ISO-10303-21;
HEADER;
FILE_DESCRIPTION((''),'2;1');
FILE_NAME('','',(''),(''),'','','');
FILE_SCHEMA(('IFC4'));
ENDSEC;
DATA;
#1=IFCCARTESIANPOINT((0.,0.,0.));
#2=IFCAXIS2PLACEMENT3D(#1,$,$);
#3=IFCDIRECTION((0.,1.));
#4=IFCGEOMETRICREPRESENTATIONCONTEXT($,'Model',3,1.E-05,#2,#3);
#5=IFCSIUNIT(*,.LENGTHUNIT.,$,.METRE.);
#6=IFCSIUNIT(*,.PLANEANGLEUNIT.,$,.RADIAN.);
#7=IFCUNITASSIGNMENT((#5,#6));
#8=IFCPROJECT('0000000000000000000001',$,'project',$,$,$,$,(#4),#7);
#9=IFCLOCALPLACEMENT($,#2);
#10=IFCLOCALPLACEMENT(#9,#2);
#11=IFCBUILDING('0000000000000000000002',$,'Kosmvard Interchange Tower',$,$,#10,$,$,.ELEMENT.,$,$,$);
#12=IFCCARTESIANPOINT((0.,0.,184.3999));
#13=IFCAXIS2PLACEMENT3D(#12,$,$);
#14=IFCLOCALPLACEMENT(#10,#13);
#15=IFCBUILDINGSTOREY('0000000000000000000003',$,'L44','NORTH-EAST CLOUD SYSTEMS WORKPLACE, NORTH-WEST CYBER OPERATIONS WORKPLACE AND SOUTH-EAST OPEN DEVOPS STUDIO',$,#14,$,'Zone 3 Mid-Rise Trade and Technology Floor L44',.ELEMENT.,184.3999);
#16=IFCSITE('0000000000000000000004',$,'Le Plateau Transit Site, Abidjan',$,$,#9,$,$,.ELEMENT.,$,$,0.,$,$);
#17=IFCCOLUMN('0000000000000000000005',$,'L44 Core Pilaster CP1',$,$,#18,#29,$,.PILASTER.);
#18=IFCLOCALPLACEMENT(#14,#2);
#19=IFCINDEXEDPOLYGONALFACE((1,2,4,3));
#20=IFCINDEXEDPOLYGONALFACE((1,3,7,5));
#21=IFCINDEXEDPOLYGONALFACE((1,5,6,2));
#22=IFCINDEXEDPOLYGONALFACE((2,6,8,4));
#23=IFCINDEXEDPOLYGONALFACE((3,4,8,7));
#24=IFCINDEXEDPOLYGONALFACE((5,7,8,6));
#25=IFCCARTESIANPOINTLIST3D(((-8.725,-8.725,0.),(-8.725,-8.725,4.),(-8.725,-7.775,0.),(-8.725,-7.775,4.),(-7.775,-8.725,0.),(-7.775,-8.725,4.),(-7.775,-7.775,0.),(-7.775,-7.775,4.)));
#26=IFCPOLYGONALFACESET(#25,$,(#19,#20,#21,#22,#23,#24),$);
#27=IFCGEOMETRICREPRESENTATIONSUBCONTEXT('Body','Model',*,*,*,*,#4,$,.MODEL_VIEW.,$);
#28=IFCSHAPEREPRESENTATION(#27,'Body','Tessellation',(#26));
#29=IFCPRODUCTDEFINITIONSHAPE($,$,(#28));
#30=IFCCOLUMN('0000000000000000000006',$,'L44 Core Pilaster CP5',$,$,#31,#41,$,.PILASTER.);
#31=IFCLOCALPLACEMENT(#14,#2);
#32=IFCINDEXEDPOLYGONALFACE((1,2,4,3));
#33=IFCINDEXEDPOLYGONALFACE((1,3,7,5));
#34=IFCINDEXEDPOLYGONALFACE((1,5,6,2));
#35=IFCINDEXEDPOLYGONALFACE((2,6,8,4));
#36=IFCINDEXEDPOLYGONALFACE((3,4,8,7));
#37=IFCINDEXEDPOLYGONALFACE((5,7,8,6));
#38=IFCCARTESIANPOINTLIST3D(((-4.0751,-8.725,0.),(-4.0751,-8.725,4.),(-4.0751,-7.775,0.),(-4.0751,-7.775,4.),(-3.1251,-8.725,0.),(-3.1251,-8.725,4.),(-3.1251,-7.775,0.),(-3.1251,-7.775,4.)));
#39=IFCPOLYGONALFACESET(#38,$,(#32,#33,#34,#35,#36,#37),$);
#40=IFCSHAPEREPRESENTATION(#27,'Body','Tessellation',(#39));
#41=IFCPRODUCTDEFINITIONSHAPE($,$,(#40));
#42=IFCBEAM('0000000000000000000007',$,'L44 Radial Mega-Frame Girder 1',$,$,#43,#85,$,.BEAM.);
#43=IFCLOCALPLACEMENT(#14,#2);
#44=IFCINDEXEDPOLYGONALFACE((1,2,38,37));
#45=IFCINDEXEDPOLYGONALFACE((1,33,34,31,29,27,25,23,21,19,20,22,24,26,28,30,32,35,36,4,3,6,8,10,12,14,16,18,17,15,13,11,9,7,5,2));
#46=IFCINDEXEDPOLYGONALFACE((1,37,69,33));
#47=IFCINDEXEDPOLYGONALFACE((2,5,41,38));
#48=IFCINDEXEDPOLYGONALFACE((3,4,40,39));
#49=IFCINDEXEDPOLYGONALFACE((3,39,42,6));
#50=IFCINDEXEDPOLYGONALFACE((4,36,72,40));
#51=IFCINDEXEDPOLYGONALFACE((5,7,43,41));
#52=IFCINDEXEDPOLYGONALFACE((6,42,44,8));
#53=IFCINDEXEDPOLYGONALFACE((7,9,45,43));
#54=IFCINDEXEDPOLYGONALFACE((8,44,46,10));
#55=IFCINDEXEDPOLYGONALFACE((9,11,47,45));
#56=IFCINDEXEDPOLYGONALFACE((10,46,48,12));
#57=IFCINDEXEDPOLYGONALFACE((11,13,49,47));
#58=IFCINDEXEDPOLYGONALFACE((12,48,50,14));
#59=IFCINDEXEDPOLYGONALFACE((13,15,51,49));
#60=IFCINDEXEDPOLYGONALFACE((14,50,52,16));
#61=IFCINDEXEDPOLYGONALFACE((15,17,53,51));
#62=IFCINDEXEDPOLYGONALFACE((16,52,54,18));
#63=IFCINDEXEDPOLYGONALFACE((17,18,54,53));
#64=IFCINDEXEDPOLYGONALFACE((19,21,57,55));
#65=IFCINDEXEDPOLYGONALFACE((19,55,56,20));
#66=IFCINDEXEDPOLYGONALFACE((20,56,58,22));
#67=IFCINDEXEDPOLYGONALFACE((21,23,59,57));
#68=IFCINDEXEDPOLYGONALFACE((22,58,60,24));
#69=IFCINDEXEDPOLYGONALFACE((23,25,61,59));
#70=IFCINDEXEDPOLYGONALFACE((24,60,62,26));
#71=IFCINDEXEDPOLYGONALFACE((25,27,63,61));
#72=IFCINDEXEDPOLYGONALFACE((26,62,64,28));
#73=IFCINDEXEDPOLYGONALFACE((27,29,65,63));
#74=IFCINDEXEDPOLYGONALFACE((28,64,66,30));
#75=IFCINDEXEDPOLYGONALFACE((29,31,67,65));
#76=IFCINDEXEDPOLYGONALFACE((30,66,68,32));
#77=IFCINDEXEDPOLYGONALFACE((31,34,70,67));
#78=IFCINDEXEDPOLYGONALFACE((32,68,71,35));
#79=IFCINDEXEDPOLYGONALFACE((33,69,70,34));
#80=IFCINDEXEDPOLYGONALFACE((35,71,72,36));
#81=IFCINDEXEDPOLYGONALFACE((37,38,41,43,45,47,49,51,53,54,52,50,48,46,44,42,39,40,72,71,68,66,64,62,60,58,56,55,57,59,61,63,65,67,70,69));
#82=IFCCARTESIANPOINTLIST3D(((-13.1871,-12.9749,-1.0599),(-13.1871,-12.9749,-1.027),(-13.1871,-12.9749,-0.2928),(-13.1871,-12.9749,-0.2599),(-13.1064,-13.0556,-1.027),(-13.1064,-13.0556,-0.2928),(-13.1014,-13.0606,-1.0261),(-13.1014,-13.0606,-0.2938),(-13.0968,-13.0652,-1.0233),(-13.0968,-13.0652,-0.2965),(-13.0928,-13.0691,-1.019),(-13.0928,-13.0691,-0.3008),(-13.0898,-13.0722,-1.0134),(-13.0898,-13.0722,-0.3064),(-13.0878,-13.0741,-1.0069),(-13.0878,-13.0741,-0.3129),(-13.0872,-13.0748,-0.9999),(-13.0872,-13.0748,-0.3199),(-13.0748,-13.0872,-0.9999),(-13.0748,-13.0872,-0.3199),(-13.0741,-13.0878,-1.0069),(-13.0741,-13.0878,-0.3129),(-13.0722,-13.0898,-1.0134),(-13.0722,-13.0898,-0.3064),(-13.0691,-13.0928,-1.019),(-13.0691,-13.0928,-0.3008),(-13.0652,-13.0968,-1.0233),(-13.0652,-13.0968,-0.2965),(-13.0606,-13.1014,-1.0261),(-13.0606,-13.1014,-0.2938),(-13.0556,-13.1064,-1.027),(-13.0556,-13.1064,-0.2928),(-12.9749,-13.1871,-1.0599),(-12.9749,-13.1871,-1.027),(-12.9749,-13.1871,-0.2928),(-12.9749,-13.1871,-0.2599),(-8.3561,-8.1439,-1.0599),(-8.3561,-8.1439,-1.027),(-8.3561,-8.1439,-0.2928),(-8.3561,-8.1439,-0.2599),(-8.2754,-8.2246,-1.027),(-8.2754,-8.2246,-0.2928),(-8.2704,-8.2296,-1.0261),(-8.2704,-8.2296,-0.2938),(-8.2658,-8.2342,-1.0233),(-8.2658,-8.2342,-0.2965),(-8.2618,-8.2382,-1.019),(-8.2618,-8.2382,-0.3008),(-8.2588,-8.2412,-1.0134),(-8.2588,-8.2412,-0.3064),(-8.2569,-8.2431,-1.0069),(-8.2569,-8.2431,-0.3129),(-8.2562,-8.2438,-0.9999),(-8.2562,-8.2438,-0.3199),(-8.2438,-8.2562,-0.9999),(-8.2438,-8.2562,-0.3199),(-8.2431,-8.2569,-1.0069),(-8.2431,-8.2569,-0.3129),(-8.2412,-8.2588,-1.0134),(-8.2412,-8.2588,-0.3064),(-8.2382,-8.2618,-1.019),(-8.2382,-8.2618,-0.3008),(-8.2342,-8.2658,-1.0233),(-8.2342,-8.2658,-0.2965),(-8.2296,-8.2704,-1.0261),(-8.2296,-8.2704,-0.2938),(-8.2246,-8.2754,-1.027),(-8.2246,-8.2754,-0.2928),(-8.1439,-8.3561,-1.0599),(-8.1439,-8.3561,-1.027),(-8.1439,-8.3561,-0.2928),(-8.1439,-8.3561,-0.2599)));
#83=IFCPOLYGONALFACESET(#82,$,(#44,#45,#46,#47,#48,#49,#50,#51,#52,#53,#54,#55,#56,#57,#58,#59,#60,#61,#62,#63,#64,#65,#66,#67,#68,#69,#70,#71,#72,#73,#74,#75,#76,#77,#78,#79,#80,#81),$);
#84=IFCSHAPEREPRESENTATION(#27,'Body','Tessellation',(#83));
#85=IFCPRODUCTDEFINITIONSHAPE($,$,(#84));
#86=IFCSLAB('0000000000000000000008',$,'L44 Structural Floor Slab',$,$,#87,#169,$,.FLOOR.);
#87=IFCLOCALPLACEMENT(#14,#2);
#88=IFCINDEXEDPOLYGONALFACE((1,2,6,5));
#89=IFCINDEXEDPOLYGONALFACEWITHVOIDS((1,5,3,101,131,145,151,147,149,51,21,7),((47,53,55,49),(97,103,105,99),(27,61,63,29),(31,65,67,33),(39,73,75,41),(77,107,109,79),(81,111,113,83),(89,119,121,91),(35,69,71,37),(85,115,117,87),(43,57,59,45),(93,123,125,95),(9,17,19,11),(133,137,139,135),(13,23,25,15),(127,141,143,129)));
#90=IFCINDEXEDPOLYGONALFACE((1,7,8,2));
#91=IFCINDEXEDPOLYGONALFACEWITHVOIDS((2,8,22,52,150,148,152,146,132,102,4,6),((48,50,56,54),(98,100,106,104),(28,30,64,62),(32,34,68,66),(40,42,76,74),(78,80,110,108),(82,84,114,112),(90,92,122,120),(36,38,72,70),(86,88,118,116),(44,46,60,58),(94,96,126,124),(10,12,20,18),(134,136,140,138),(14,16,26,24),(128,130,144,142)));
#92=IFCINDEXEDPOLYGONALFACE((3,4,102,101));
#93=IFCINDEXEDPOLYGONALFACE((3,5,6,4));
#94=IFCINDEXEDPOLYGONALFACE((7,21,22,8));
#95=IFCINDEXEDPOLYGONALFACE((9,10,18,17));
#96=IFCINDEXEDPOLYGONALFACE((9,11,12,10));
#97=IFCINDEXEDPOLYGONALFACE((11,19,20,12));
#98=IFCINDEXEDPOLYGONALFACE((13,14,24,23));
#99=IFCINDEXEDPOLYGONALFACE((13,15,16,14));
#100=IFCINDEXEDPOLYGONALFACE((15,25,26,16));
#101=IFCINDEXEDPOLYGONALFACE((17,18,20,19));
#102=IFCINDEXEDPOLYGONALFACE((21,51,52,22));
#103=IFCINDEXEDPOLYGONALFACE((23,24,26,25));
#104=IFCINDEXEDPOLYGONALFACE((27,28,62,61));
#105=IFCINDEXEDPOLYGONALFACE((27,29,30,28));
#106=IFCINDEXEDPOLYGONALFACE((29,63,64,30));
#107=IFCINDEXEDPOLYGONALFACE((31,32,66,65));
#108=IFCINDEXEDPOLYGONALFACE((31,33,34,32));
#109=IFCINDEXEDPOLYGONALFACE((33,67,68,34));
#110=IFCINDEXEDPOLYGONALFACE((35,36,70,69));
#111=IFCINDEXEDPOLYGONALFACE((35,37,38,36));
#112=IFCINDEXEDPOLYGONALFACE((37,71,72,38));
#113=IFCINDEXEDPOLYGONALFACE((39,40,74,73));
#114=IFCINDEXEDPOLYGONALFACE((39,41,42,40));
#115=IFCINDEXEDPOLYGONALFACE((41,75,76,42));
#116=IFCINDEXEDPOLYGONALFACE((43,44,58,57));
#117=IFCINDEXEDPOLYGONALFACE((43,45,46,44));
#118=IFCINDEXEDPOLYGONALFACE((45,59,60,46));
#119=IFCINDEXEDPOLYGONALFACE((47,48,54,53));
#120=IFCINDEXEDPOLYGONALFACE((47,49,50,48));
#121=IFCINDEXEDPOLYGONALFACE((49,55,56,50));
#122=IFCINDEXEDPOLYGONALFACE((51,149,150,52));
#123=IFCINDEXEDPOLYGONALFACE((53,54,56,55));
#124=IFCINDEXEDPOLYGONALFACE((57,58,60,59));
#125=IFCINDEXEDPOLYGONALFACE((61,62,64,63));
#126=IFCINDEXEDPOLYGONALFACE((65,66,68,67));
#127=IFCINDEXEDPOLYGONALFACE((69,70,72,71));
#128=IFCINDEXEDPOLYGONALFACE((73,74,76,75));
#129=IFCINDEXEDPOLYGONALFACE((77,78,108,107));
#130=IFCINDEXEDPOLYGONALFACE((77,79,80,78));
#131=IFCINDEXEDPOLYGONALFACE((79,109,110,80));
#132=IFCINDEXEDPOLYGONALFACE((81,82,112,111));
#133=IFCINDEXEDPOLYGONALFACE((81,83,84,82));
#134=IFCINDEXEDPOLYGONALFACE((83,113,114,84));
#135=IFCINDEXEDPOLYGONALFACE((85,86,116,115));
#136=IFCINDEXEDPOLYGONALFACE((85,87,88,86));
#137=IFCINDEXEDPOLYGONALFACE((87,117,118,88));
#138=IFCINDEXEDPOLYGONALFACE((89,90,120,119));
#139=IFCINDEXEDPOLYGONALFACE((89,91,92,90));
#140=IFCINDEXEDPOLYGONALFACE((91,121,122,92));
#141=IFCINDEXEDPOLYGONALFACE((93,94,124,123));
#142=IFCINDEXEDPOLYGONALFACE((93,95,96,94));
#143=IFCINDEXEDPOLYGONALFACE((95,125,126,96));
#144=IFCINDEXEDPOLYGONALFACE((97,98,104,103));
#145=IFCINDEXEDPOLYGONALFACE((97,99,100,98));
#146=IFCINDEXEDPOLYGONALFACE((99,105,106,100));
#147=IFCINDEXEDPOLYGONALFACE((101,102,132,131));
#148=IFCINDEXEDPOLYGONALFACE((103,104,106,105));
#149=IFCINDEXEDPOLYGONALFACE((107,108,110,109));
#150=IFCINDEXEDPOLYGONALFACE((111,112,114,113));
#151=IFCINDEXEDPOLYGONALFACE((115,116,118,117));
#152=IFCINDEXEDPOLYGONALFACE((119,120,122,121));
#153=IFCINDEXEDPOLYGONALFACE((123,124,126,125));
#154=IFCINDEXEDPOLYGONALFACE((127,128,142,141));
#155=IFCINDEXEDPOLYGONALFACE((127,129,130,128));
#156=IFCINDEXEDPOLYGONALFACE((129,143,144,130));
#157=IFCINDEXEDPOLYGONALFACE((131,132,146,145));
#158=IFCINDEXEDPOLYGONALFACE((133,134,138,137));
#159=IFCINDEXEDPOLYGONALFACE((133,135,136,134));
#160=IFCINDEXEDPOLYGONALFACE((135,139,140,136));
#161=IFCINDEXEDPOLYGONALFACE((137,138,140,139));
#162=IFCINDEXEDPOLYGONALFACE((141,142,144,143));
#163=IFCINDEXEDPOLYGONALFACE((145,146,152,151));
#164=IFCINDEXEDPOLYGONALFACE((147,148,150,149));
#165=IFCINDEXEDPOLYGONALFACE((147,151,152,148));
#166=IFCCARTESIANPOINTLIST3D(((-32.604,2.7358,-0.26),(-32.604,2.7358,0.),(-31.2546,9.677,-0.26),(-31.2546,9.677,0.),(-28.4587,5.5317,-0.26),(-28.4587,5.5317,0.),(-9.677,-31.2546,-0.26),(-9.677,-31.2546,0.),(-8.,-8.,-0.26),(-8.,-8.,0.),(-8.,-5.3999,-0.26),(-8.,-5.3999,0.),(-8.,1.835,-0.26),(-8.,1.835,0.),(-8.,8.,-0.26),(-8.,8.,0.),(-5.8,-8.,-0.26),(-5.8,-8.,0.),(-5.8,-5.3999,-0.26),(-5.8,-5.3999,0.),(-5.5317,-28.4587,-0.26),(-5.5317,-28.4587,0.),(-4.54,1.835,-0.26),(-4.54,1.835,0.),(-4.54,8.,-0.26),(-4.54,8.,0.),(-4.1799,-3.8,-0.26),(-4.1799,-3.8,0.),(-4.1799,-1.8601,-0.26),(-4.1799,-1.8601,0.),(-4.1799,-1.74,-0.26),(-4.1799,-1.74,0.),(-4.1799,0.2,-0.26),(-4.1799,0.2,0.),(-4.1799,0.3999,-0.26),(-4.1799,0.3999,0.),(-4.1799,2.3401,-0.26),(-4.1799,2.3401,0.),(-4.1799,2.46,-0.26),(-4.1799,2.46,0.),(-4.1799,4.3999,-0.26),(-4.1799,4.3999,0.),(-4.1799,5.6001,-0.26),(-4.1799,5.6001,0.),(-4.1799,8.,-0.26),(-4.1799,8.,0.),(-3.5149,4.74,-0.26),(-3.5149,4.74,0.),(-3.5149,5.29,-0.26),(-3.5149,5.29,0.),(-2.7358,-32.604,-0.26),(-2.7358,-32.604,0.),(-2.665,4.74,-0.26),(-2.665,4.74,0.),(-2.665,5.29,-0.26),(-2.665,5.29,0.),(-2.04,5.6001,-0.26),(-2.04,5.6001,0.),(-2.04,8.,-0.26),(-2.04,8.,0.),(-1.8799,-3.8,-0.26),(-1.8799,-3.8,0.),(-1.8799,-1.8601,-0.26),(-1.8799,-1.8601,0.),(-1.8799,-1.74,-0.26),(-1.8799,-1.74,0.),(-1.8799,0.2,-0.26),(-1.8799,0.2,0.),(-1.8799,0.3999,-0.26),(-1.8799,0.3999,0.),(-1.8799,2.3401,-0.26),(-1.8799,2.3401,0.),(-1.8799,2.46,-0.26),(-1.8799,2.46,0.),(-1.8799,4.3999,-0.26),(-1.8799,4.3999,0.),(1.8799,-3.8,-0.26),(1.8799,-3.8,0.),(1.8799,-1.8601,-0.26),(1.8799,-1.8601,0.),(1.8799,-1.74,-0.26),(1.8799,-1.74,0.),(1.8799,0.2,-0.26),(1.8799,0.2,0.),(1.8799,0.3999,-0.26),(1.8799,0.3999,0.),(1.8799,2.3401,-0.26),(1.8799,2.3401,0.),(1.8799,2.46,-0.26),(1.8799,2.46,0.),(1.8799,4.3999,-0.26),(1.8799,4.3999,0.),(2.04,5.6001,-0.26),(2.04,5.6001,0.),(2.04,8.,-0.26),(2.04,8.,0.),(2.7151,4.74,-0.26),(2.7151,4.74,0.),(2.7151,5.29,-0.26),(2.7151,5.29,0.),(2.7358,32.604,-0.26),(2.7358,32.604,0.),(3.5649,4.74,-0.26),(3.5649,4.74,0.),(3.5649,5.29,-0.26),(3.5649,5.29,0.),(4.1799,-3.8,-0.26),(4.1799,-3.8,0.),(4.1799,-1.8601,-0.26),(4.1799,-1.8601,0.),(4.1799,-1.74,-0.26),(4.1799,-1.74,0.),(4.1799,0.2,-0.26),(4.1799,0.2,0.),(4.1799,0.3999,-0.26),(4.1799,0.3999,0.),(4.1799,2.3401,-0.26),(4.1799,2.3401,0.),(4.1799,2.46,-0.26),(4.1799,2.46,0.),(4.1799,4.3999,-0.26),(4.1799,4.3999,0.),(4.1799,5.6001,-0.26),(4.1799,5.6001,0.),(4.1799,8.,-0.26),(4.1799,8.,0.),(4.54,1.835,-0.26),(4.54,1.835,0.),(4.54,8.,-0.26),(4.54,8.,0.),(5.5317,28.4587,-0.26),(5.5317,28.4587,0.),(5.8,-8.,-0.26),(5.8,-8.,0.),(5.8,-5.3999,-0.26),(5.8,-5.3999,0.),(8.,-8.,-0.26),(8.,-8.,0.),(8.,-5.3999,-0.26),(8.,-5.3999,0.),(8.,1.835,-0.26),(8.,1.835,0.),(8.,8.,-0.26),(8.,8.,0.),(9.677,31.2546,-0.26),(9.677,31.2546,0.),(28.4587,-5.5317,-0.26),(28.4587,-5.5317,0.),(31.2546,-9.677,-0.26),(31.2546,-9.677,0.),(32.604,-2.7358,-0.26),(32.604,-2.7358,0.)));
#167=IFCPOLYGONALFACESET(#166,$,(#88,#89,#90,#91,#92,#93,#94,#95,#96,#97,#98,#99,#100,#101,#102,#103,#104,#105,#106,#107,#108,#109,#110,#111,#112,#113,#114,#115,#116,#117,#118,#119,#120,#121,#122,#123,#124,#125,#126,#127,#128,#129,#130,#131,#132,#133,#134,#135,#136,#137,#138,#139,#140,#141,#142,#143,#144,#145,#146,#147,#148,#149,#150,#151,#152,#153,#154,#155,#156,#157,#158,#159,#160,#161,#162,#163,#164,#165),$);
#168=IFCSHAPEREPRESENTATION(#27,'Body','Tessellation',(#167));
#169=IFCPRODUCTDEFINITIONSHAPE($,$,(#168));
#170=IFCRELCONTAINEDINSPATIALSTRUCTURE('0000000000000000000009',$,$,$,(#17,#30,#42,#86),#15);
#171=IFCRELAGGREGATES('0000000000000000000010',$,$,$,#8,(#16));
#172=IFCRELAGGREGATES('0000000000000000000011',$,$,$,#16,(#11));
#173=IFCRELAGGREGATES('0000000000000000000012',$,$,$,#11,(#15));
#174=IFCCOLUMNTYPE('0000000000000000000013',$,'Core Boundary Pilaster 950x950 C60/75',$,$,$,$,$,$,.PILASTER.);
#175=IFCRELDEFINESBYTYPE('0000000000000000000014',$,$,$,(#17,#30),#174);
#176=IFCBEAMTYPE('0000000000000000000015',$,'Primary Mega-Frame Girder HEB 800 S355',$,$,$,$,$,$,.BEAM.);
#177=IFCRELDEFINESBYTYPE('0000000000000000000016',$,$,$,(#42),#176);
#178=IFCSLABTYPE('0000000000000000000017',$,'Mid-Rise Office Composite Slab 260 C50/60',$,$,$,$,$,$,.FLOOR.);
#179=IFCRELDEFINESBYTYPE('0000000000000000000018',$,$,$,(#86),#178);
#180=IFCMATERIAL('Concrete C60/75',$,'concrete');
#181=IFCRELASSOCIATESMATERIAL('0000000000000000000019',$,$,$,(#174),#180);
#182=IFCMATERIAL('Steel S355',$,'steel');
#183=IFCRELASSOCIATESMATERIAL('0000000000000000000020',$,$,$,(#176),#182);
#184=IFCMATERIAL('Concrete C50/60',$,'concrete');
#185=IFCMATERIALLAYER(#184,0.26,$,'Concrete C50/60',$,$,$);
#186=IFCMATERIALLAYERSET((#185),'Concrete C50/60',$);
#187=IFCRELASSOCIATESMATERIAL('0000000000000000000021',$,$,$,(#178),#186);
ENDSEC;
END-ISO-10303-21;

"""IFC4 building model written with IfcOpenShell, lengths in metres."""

from ifc_helpers import new_model, si_unit, direction, frame, origin, origin_2d, place, context, subcontext, project, spatial, polyline, rectangle, i_section, outline, extrude, source, transform, mapped, material, layer, layer_set, material_profile, profile_set, type_object, element, save


model = new_model("IFC4")

# Units and contexts
model_context = context("Model", 3, precision=1e-05, world=origin(), true_north=direction((0.0, 1.0)))
body_context = subcontext(model_context, "Body", "Model", "MODEL_VIEW")
ifc_project = project(units=[si_unit("LENGTHUNIT", "METRE"), si_unit("PLANEANGLEUNIT", "RADIAN")], contexts=[model_context])

# Site, building, storey
site_placement = place(None, origin())
site = spatial("IfcSite", under=ifc_project, at=site_placement, Name="Le Plateau Transit Site, Abidjan", CompositionType="ELEMENT", RefElevation=0.0)
building_placement = place(site_placement, origin())
building = spatial("IfcBuilding", under=site, at=building_placement, Name="Kosmvard Interchange Tower", CompositionType="ELEMENT")
storey_placement = place(building_placement, frame((0.0, 0.0, 184.3999)))
storey = spatial("IfcBuildingStorey", under=building, at=storey_placement, Name="L44", Description="NORTH-EAST CLOUD SYSTEMS WORKPLACE, NORTH-WEST CYBER OPERATIONS WORKPLACE AND SOUTH-EAST OPEN DEVOPS STUDIO", LongName="Zone 3 Mid-Rise Trade and Technology Floor L44", CompositionType="ELEMENT", Elevation=184.3999)

# Columns
ifc_material_1 = material(Name="Concrete C60/75", Category="concrete")
ifc_material_profile_1 = material_profile(ifc_material_1, rectangle(XDim=0.95, YDim=0.95, at=origin_2d()), Name="CP 950x950")
ifc_profile_set_1 = profile_set([ifc_material_profile_1], Name="Concrete C60/75")
column_type = type_object("IfcColumnType", Name="Core Boundary Pilaster 950x950 C60/75", PredefinedType="PILASTER", material=ifc_profile_set_1)
shared_shape_1 = source(origin(), body_context, "Body", "SweptSolid", [
    extrude(rectangle(XDim=0.95, YDim=0.95, at=origin_2d()), origin(), (0.0, 0.0, 1.0), 4.0),
])
for number, where, z_axis, x_axis, name in (
    (1, (-8.25, -8.25, 0.0), (0.0, 0.0, 1.0), (1.0, 0.0, 0.0), "L44 Core Pilaster CP1"),
    (2, (-3.6001, -8.25, 0.0), (0.0, 0.0, 1.0), (1.0, 0.0, 0.0), "L44 Core Pilaster CP5"),
):
    element("IfcColumn", number, at=place(storey_placement, frame(where, z_axis=z_axis, x_axis=x_axis)), inside=storey, type_object=column_type, Name=name, PredefinedType="PILASTER", context=body_context, shape_type="MappedRepresentation", body=[
        mapped(shared_shape_1, transform((0.0, 0.0, 0.0), scale=1.0)),
    ])

# Beam
ifc_material_2 = material(Name="Steel S355", Category="steel")
ifc_material_profile_2 = material_profile(ifc_material_2, i_section(OverallWidth=0.3, OverallDepth=0.8, WebThickness=0.0176, FlangeThickness=0.033, FilletRadius=0.0271, at=origin_2d()), Name="HEB 800")
ifc_profile_set_2 = profile_set([ifc_material_profile_2], Name="Steel S355")
beam_type = type_object("IfcBeamType", Name="Primary Mega-Frame Girder HEB 800 S355", PredefinedType="BEAM", material=ifc_profile_set_2)
shared_shape_2 = source(origin(), body_context, "Body", "SweptSolid", [
    extrude(i_section(OverallWidth=0.3, OverallDepth=0.8, WebThickness=0.0176, FlangeThickness=0.033, FilletRadius=0.0271, at=origin_2d()), origin(), (0.0, 0.0, 1.0), 6.832),
])
beam_placement = place(storey_placement, frame((-8.25, -8.25, -0.6599), z_axis=(-0.707107, -0.707107, 0.0), x_axis=(0.707107, -0.707107, 0.0)))
element("IfcBeam", 3, at=beam_placement, inside=storey, type_object=beam_type, Name="L44 Radial Mega-Frame Girder 1", PredefinedType="BEAM", context=body_context, shape_type="MappedRepresentation", body=[
    mapped(shared_shape_2, transform((0.0, 0.0, 0.0), scale=1.0)),
])

# Slab
ifc_material_3 = material(Name="Concrete C50/60", Category="concrete")
ifc_layer_1 = layer(ifc_material_3, 0.26, Name="Concrete C50/60")
ifc_layer_set_1 = layer_set([ifc_layer_1], Name="Concrete C50/60")
slab_type_1 = type_object("IfcSlabType", Name="Mid-Rise Office Composite Slab 260 C50/60", PredefinedType="FLOOR", material=ifc_layer_set_1)
slab_1_placement = place(storey_placement, frame((0.0, 0.0, -0.26)))
element("IfcSlab", 4, at=slab_1_placement, inside=storey, type_object=slab_type_1, Name="L44 Structural Floor Slab", PredefinedType="FLOOR", context=body_context, shape_type="SweptSolid", body=[
    extrude(outline(polyline([(-2.7358, -32.604), (31.2546, -9.677), (28.4587, -5.5317), (32.604, -2.7358), (9.677, 31.2546), (5.5317, 28.4587), (2.7358, 32.604), (-31.2546, 9.677), (-28.4587, 5.5317), (-32.604, 2.7358), (-9.677, -31.2546), (-5.5317, -28.4587), (-2.7358, -32.604)]), holes=[polyline([(-8.0, 1.835), (-4.54, 1.835), (-4.54, 8.0), (-8.0, 8.0), (-8.0, 1.835)]), polyline([(4.54, 1.835), (8.0, 1.835), (8.0, 8.0), (4.54, 8.0), (4.54, 1.835)]), polyline([(-8.0, -8.0), (-5.8, -8.0), (-5.8, -5.3999), (-8.0, -5.3999), (-8.0, -8.0)]), polyline([(5.8, -8.0), (8.0, -8.0), (8.0, -5.3999), (5.8, -5.3999), (5.8, -8.0)]), polyline([(-4.1799, -3.8), (-1.8799, -3.8), (-1.8799, -1.8601), (-4.1799, -1.8601), (-4.1799, -3.8)]), polyline([(-4.1799, -1.74), (-1.8799, -1.74), (-1.8799, 0.2), (-4.1799, 0.2), (-4.1799, -1.74)]), polyline([(1.8799, -3.8), (4.1799, -3.8), (4.1799, -1.8601), (1.8799, -1.8601), (1.8799, -3.8)]), polyline([(1.8799, -1.74), (4.1799, -1.74), (4.1799, 0.2), (1.8799, 0.2), (1.8799, -1.74)]), polyline([(-4.1799, 0.3999), (-1.8799, 0.3999), (-1.8799, 2.3401), (-4.1799, 2.3401), (-4.1799, 0.3999)]), polyline([(-4.1799, 2.46), (-1.8799, 2.46), (-1.8799, 4.3999), (-4.1799, 4.3999), (-4.1799, 2.46)]), polyline([(1.8799, 0.3999), (4.1799, 0.3999), (4.1799, 2.3401), (1.8799, 2.3401), (1.8799, 0.3999)]), polyline([(1.8799, 2.46), (4.1799, 2.46), (4.1799, 4.3999), (1.8799, 4.3999), (1.8799, 2.46)]), polyline([(-4.1799, 5.6001), (-2.04, 5.6001), (-2.04, 8.0), (-4.1799, 8.0), (-4.1799, 5.6001)]), polyline([(2.04, 5.6001), (4.1799, 5.6001), (4.1799, 8.0), (2.04, 8.0), (2.04, 5.6001)]), polyline([(-3.5149, 4.74), (-2.665, 4.74), (-2.665, 5.29), (-3.5149, 5.29), (-3.5149, 4.74)]), polyline([(2.7151, 4.74), (3.5649, 4.74), (3.5649, 5.29), (2.7151, 5.29), (2.7151, 4.74)])]), origin(), (0.0, 0.0, 1.0), 0.26),
])

save(model, "model.ifc")
